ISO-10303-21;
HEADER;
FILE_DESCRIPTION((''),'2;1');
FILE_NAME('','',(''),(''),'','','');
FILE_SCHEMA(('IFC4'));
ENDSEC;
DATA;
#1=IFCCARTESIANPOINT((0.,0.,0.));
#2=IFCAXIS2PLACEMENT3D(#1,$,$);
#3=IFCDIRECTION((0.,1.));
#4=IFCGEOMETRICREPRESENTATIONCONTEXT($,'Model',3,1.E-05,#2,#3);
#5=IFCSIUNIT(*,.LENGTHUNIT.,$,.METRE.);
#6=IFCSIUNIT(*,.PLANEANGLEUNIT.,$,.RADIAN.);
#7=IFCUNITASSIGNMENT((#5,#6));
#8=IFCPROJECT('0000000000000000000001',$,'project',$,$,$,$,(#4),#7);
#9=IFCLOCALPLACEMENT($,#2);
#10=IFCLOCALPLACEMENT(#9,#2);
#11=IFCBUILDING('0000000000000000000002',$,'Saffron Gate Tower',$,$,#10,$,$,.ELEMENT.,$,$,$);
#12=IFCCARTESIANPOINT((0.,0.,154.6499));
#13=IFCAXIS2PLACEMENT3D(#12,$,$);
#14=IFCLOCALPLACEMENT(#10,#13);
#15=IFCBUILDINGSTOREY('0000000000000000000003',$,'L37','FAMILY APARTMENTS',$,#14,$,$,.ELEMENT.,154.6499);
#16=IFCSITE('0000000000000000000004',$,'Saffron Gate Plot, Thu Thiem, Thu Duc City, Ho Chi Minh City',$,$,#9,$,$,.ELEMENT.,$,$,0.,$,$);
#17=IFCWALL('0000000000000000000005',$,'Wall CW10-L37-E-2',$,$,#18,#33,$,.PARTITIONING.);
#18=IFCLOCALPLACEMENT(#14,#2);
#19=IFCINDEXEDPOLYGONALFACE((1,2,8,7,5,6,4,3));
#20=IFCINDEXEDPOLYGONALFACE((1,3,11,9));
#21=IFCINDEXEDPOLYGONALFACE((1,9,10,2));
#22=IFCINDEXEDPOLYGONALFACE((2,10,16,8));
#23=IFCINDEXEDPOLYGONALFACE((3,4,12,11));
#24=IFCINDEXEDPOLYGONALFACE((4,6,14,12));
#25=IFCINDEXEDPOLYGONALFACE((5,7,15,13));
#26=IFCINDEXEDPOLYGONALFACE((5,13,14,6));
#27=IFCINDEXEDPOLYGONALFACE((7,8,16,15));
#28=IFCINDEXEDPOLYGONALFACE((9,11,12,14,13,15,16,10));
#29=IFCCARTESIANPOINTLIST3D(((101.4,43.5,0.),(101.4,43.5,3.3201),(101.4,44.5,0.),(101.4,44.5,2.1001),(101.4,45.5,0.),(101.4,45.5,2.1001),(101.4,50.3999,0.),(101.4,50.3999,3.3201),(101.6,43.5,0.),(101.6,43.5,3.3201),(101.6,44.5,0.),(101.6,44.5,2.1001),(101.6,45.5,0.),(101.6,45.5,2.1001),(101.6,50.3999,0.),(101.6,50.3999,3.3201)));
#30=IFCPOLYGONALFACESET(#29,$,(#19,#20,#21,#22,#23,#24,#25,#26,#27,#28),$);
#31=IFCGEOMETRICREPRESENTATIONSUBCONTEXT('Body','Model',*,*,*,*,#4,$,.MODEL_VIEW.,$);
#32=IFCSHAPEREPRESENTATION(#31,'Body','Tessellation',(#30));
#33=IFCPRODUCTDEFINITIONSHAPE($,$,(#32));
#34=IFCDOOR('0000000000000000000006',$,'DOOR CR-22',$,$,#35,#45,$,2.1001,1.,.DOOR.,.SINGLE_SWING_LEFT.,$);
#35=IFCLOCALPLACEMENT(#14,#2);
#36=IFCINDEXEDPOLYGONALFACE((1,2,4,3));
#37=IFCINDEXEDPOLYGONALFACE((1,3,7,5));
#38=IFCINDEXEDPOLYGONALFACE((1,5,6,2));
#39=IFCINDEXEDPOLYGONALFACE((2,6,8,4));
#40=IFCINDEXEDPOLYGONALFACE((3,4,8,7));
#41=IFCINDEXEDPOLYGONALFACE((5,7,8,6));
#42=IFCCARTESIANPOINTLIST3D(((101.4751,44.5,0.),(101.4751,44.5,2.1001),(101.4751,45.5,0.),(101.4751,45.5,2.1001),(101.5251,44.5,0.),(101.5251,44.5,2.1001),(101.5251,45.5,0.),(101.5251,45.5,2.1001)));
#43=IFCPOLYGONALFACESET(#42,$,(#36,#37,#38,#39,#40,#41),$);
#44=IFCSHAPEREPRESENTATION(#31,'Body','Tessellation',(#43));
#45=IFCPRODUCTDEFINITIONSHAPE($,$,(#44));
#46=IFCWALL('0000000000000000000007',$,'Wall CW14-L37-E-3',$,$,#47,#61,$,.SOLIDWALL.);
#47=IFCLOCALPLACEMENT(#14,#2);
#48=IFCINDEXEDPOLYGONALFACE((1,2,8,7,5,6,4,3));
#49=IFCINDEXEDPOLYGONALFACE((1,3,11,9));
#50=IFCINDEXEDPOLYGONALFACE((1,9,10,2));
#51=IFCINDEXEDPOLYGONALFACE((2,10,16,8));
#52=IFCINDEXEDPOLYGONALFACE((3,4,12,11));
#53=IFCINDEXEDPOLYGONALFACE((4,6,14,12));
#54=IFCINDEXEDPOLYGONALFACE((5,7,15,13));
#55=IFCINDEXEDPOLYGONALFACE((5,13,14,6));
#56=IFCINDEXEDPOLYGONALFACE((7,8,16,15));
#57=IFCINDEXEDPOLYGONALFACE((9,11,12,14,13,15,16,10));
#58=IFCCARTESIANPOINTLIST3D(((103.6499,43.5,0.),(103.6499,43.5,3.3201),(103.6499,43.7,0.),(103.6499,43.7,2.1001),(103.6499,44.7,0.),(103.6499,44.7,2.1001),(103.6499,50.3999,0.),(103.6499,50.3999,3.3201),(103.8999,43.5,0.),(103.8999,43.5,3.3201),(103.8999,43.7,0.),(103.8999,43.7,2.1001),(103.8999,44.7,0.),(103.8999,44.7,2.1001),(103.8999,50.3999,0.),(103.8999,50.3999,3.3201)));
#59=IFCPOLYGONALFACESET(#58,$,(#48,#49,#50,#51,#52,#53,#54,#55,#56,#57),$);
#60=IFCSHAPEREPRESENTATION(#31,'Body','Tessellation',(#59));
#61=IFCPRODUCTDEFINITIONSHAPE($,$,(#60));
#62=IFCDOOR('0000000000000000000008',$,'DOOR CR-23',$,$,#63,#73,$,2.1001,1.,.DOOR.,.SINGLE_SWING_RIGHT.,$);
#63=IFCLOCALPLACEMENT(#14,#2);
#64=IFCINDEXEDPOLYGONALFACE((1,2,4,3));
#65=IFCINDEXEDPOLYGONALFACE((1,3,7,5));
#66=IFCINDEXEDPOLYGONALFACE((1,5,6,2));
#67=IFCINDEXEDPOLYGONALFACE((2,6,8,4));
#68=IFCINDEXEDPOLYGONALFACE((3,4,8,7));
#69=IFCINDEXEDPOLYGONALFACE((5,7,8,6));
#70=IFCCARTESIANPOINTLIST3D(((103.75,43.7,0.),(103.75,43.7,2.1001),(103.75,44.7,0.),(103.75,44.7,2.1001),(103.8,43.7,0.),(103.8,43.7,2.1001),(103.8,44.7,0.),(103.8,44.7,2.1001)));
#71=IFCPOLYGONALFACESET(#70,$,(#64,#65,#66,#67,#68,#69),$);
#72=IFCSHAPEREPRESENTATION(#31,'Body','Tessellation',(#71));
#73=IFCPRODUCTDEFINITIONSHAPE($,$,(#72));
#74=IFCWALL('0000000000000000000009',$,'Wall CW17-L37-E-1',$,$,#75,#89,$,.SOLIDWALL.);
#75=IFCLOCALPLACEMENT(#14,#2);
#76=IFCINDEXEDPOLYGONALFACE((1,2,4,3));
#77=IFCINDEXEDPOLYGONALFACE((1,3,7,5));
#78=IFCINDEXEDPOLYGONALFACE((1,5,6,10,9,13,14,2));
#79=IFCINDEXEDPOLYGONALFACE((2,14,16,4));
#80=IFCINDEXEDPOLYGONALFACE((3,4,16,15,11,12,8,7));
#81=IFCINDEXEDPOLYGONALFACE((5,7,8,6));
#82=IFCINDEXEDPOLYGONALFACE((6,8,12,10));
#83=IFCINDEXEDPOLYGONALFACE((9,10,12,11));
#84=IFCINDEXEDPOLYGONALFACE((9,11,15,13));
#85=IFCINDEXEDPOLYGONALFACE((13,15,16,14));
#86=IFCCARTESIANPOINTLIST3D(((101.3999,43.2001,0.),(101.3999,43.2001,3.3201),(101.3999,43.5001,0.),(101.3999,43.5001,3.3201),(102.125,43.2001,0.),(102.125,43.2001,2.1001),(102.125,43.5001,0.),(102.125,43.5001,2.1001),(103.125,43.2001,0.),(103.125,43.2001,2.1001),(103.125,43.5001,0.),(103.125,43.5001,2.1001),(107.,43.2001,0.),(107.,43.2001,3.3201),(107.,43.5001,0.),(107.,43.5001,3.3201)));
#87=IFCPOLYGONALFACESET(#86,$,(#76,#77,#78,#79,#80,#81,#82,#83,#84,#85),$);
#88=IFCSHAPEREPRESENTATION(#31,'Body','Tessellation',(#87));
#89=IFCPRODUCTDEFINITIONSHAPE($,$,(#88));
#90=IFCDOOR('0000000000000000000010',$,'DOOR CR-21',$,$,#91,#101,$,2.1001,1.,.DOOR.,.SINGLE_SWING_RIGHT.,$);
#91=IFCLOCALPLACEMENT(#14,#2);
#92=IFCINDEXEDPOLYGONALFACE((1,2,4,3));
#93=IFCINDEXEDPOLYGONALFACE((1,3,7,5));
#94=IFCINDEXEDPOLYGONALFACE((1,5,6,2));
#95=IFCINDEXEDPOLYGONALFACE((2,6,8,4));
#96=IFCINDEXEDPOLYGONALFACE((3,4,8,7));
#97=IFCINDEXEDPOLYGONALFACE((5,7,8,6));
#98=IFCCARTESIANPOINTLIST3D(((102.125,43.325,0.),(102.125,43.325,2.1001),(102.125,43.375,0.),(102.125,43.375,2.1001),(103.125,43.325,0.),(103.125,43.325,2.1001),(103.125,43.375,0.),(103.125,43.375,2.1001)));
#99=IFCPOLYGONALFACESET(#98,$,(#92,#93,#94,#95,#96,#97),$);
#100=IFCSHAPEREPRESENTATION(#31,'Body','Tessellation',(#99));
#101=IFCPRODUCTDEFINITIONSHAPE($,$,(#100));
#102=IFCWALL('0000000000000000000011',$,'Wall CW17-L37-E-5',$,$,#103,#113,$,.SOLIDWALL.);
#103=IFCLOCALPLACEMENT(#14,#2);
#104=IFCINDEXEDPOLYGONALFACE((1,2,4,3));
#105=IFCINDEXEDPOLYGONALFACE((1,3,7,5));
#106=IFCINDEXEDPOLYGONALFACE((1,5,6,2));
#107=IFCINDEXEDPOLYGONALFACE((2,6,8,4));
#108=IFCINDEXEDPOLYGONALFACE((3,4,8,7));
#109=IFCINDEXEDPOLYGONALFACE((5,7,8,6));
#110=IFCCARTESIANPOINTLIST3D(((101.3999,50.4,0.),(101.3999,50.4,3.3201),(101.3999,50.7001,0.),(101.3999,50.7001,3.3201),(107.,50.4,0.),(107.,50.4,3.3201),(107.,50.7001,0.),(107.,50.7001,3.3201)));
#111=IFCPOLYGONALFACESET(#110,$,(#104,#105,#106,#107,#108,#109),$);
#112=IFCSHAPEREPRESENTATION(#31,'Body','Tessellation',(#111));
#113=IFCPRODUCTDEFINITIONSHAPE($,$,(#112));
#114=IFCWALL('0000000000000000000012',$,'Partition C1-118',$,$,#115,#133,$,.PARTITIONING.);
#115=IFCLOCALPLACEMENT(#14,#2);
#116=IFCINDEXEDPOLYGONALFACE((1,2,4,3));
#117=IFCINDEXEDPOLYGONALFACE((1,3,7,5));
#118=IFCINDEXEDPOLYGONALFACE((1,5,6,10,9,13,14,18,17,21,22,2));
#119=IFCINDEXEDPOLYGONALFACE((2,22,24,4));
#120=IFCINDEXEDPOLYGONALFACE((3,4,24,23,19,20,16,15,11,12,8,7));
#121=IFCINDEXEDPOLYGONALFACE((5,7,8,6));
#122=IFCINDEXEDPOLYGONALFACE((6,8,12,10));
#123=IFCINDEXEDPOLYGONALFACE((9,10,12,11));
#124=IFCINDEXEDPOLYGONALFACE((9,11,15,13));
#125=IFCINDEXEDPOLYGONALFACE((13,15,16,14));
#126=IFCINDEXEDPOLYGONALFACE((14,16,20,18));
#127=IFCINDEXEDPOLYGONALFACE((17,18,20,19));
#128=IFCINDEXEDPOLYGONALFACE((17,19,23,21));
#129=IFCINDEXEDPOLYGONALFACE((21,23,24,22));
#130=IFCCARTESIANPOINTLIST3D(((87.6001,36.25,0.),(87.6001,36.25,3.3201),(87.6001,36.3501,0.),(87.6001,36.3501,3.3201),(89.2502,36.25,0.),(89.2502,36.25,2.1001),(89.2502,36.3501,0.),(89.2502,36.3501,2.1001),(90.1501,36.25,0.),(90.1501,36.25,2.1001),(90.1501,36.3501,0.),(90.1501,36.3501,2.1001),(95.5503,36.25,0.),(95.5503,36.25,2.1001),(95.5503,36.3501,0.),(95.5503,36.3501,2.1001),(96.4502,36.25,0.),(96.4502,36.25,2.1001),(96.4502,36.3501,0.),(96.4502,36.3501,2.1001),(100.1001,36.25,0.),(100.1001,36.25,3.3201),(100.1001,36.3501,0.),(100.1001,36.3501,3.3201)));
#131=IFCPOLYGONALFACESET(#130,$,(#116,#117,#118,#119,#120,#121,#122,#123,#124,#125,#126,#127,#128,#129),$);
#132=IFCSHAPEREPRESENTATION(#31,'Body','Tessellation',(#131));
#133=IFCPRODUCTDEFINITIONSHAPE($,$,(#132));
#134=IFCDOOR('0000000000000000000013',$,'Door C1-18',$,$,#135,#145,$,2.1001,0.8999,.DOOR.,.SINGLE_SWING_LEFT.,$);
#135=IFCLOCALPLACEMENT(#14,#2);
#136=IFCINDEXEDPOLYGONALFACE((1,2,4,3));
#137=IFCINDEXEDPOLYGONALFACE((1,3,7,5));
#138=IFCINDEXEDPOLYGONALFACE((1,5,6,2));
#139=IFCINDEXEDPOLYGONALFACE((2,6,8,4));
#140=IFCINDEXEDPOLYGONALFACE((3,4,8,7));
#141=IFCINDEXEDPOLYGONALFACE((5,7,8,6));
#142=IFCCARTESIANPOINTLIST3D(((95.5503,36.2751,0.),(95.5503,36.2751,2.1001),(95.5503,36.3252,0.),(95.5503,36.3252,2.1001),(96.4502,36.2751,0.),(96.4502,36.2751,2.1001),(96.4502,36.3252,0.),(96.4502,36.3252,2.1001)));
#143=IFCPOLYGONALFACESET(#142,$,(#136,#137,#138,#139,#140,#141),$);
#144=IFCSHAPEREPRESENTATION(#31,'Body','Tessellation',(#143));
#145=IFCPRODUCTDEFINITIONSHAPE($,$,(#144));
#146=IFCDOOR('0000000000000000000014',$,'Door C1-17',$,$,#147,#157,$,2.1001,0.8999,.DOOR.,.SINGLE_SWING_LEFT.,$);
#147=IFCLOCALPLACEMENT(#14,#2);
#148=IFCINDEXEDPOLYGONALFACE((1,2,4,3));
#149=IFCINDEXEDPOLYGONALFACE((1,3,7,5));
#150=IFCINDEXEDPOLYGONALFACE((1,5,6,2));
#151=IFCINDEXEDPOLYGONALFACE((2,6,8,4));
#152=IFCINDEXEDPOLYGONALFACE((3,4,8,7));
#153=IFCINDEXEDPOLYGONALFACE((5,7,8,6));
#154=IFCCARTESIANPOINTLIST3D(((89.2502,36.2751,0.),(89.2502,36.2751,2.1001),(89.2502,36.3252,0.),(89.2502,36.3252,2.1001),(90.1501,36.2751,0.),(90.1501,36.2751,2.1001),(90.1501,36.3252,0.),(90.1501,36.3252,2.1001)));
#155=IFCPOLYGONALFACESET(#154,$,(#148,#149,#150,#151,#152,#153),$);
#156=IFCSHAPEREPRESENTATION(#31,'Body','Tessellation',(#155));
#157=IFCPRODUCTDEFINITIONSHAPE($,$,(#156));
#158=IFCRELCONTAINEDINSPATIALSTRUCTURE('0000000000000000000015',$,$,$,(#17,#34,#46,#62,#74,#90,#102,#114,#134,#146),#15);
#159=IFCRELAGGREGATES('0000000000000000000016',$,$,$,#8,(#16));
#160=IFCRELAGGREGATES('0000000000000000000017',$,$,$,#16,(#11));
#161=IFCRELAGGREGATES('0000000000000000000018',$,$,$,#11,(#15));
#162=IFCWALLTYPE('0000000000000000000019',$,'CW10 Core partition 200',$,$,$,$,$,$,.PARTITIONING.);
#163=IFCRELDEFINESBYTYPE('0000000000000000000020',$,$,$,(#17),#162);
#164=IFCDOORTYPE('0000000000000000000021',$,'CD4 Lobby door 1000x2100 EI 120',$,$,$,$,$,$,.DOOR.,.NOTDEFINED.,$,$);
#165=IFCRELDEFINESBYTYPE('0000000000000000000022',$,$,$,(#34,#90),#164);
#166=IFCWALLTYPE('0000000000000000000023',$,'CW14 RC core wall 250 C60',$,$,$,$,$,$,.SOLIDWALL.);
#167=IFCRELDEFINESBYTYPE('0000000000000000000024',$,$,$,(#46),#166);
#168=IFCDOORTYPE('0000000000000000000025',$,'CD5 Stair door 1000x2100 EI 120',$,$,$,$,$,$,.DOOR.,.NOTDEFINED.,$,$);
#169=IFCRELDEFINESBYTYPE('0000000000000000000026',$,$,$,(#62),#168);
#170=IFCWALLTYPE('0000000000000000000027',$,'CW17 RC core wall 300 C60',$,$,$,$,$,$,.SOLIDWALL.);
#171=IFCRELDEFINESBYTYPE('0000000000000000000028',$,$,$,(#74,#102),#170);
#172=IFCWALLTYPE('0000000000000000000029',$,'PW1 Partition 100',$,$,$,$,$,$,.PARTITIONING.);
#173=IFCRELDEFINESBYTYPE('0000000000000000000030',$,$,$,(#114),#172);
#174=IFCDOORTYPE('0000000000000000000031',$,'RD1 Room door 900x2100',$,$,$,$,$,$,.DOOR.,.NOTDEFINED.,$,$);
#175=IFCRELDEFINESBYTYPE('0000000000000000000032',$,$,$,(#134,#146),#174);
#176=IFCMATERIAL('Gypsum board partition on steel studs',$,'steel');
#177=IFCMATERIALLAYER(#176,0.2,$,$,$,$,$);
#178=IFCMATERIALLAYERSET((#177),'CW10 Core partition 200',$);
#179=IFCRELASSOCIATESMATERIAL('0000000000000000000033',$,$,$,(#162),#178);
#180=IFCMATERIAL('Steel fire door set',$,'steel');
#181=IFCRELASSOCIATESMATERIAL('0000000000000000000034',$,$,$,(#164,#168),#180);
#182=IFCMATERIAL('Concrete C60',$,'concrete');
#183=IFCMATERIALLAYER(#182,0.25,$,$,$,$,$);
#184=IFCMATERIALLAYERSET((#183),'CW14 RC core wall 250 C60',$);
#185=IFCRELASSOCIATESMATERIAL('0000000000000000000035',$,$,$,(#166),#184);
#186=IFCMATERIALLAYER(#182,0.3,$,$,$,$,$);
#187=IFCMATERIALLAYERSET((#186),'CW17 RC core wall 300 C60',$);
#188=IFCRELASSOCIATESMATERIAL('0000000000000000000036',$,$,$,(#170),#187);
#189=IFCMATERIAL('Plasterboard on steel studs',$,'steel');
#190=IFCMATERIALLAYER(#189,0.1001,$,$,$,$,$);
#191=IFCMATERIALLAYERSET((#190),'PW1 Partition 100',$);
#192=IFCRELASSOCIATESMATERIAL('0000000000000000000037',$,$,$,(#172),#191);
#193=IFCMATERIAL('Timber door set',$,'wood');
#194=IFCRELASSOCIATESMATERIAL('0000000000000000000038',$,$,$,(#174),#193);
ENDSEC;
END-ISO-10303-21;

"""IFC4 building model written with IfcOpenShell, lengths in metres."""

from ifc_helpers import new_model, si_unit, direction, frame, frame_2d, origin, place, context, subcontext, project, spatial, rectangle, extrude, material, layer, layer_set, type_object, element, fill, save


model = new_model("IFC4")

# Units and contexts
model_context = context("Model", 3, precision=1e-05, world=origin(), true_north=direction((0.0, 1.0)))
body_context = subcontext(model_context, "Body", "Model", "MODEL_VIEW")
ifc_project = project(units=[si_unit("LENGTHUNIT", "METRE"), si_unit("PLANEANGLEUNIT", "RADIAN")], contexts=[model_context])

# Site, building, storey
site_placement = place(None, origin())
site = spatial("IfcSite", under=ifc_project, at=site_placement, Name="Saffron Gate Plot, Thu Thiem, Thu Duc City, Ho Chi Minh City", CompositionType="ELEMENT", RefElevation=0.0)
building_placement = place(site_placement, origin())
building = spatial("IfcBuilding", under=site, at=building_placement, Name="Saffron Gate Tower", CompositionType="ELEMENT")
storey_placement = place(building_placement, frame((0.0, 0.0, 154.6499)))
storey = spatial("IfcBuildingStorey", under=building, at=storey_placement, Name="L37", Description="FAMILY APARTMENTS", CompositionType="ELEMENT", Elevation=154.6499)

# Walls, openings, doors
ifc_material_1 = material(Name="Gypsum board partition on steel studs", Category="steel")
ifc_layer_1 = layer(ifc_material_1, 0.2)
ifc_layer_set_1 = layer_set([ifc_layer_1], Name="CW10 Core partition 200")
wall_type_1 = type_object("IfcWallType", Name="CW10 Core partition 200", PredefinedType="PARTITIONING", material=ifc_layer_set_1)
wall_1_placement = place(storey_placement, frame((101.5, 43.5, 0.0), z_axis=(0.0, 0.0, 1.0), x_axis=(0.0, 1.0, 0.0)))
wall_1 = element("IfcWall", 1, at=wall_1_placement, inside=storey, type_object=wall_type_1, Name="Wall CW10-L37-E-2", PredefinedType="PARTITIONING", context=body_context, shape_type="SweptSolid", body=[
    extrude(rectangle(XDim=6.8999, YDim=0.2, at=frame_2d((3.45, 0.0))), origin(), (0.0, 0.0, 1.0), 3.3201),
])
opening_1_placement = place(wall_1_placement, frame((1.0, 0.0, 0.0)))
opening_1 = element("IfcOpeningElement", 2, at=opening_1_placement, cuts=wall_1, PredefinedType="OPENING", context=body_context, shape_type="SweptSolid", body=[
    extrude(rectangle(XDim=1.0, YDim=2.1001, at=frame_2d((0.5, 1.05))), frame((0.0, 0.1099, 0.0), z_axis=(0.0, -1.0, 0.0), x_axis=(1.0, 0.0, 0.0)), (0.0, 0.0, 1.0), 0.22),
])
ifc_material_2 = material(Name="Steel fire door set", Category="steel")
door_type_1 = type_object("IfcDoorType", Name="CD4 Lobby door 1000x2100 EI 120", OperationType="NOTDEFINED", PredefinedType="DOOR", material=ifc_material_2)
door_1_placement = place(opening_1_placement, origin())
door_1 = element("IfcDoor", 3, at=door_1_placement, inside=storey, type_object=door_type_1, Name="DOOR CR-22", OperationType="SINGLE_SWING_LEFT", OverallHeight=2.1001, OverallWidth=1.0, PredefinedType="DOOR", context=body_context, shape_type="SweptSolid", body=[
    extrude(rectangle(XDim=1.0, YDim=2.1001, at=frame_2d((0.5, 1.05))), frame((0.0, 0.0249, 0.0), z_axis=(0.0, -1.0, 0.0), x_axis=(1.0, 0.0, 0.0)), (0.0, 0.0, 1.0), 0.05),
])
fill(opening_1, door_1)
ifc_material_3 = material(Name="Concrete C60", Category="concrete")
ifc_layer_2 = layer(ifc_material_3, 0.25)
ifc_layer_set_2 = layer_set([ifc_layer_2], Name="CW14 RC core wall 250 C60")
wall_type_2 = type_object("IfcWallType", Name="CW14 RC core wall 250 C60", PredefinedType="SOLIDWALL", material=ifc_layer_set_2)
wall_2_placement = place(storey_placement, frame((103.7749, 43.5, 0.0), z_axis=(0.0, 0.0, 1.0), x_axis=(0.0, 1.0, 0.0)))
wall_2 = element("IfcWall", 4, at=wall_2_placement, inside=storey, type_object=wall_type_2, Name="Wall CW14-L37-E-3", PredefinedType="SOLIDWALL", context=body_context, shape_type="SweptSolid", body=[
    extrude(rectangle(XDim=6.8999, YDim=0.25, at=frame_2d((3.45, 0.0))), origin(), (0.0, 0.0, 1.0), 3.3201),
])
opening_2_placement = place(wall_2_placement, frame((0.2, 0.0, 0.0)))
opening_2 = element("IfcOpeningElement", 5, at=opening_2_placement, cuts=wall_2, PredefinedType="OPENING", context=body_context, shape_type="SweptSolid", body=[
    extrude(rectangle(XDim=1.0, YDim=2.1001, at=frame_2d((0.5, 1.05))), frame((0.0, 0.135, 0.0), z_axis=(0.0, -1.0, 0.0), x_axis=(1.0, 0.0, 0.0)), (0.0, 0.0, 1.0), 0.27),
])
door_type_2 = type_object("IfcDoorType", Name="CD5 Stair door 1000x2100 EI 120", OperationType="NOTDEFINED", PredefinedType="DOOR", material=ifc_material_2)
door_2_placement = place(opening_2_placement, origin())
door_2 = element("IfcDoor", 6, at=door_2_placement, inside=storey, type_object=door_type_2, Name="DOOR CR-23", OperationType="SINGLE_SWING_RIGHT", OverallHeight=2.1001, OverallWidth=1.0, PredefinedType="DOOR", context=body_context, shape_type="SweptSolid", body=[
    extrude(rectangle(XDim=1.0, YDim=2.1001, at=frame_2d((0.5, 1.05))), frame((0.0, 0.0249, 0.0), z_axis=(0.0, -1.0, 0.0), x_axis=(1.0, 0.0, 0.0)), (0.0, 0.0, 1.0), 0.05),
])
fill(opening_2, door_2)
ifc_layer_3 = layer(ifc_material_3, 0.3)
ifc_layer_set_3 = layer_set([ifc_layer_3], Name="CW17 RC core wall 300 C60")
wall_type_3 = type_object("IfcWallType", Name="CW17 RC core wall 300 C60", PredefinedType="SOLIDWALL", material=ifc_layer_set_3)
wall_3_placement = place(storey_placement, frame((101.3999, 43.3501, 0.0), z_axis=(0.0, 0.0, 1.0), x_axis=(1.0, 0.0, 0.0)))
wall_3 = element("IfcWall", 7, at=wall_3_placement, inside=storey, type_object=wall_type_3, Name="Wall CW17-L37-E-1", PredefinedType="SOLIDWALL", context=body_context, shape_type="SweptSolid", body=[
    extrude(rectangle(XDim=5.6001, YDim=0.3, at=frame_2d((2.8, 0.0))), origin(), (0.0, 0.0, 1.0), 3.3201),
])
opening_3_placement = place(wall_3_placement, frame((0.7251, 0.0, 0.0)))
opening_3 = element("IfcOpeningElement", 8, at=opening_3_placement, cuts=wall_3, PredefinedType="OPENING", context=body_context, shape_type="SweptSolid", body=[
    extrude(rectangle(XDim=1.0, YDim=2.1001, at=frame_2d((0.5, 1.05))), frame((0.0, 0.1602, 0.0), z_axis=(0.0, -1.0, 0.0), x_axis=(1.0, 0.0, 0.0)), (0.0, 0.0, 1.0), 0.3201),
])
door_3_placement = place(opening_3_placement, origin())
door_3 = element("IfcDoor", 9, at=door_3_placement, inside=storey, type_object=door_type_1, Name="DOOR CR-21", OperationType="SINGLE_SWING_RIGHT", OverallHeight=2.1001, OverallWidth=1.0, PredefinedType="DOOR", context=body_context, shape_type="SweptSolid", body=[
    extrude(rectangle(XDim=1.0, YDim=2.1001, at=frame_2d((0.5, 1.05))), frame((0.0, 0.0249, 0.0), z_axis=(0.0, -1.0, 0.0), x_axis=(1.0, 0.0, 0.0)), (0.0, 0.0, 1.0), 0.05),
])
fill(opening_3, door_3)

# Wall
wall_4_placement = place(storey_placement, frame((101.3999, 50.55, 0.0), z_axis=(0.0, 0.0, 1.0), x_axis=(1.0, 0.0, 0.0)))
element("IfcWall", 10, at=wall_4_placement, inside=storey, type_object=wall_type_3, Name="Wall CW17-L37-E-5", PredefinedType="SOLIDWALL", context=body_context, shape_type="SweptSolid", body=[
    extrude(rectangle(XDim=5.6001, YDim=0.3, at=frame_2d((2.8, 0.0))), origin(), (0.0, 0.0, 1.0), 3.3201),
])

# Wall, openings, doors
ifc_material_4 = material(Name="Plasterboard on steel studs", Category="steel")
ifc_layer_4 = layer(ifc_material_4, 0.1001)
ifc_layer_set_4 = layer_set([ifc_layer_4], Name="PW1 Partition 100")
wall_type_4 = type_object("IfcWallType", Name="PW1 Partition 100", PredefinedType="PARTITIONING", material=ifc_layer_set_4)
wall_5_placement = place(storey_placement, frame((100.1001, 36.3, 0.0), z_axis=(0.0, 0.0, 1.0), x_axis=(-1.0, 0.0, 0.0)))
wall_5 = element("IfcWall", 11, at=wall_5_placement, inside=storey, type_object=wall_type_4, Name="Partition C1-118", PredefinedType="PARTITIONING", context=body_context, shape_type="SweptSolid", body=[
    extrude(rectangle(XDim=12.5, YDim=0.1001, at=frame_2d((6.25, 0.0))), origin(), (0.0, 0.0, 1.0), 3.3201),
])
opening_4_placement = place(wall_5_placement, frame((3.6499, 0.0, 0.0)))
opening_4 = element("IfcOpeningElement", 12, at=opening_4_placement, cuts=wall_5, PredefinedType="OPENING", context=body_context, shape_type="SweptSolid", body=[
    extrude(rectangle(XDim=0.8999, YDim=2.1001, at=frame_2d((0.45, 1.05))), frame((0.0, 0.0601, 0.0), z_axis=(0.0, -1.0, 0.0), x_axis=(1.0, 0.0, 0.0)), (0.0, 0.0, 1.0), 0.1201),
])
opening_5_placement = place(wall_5_placement, frame((9.95, 0.0, 0.0)))
opening_5 = element("IfcOpeningElement", 13, at=opening_5_placement, cuts=wall_5, PredefinedType="OPENING", context=body_context, shape_type="SweptSolid", body=[
    extrude(rectangle(XDim=0.8999, YDim=2.1001, at=frame_2d((0.45, 1.05))), frame((0.0, 0.0601, 0.0), z_axis=(0.0, -1.0, 0.0), x_axis=(1.0, 0.0, 0.0)), (0.0, 0.0, 1.0), 0.1201),
])
ifc_material_5 = material(Name="Timber door set", Category="wood")
door_type_3 = type_object("IfcDoorType", Name="RD1 Room door 900x2100", OperationType="NOTDEFINED", PredefinedType="DOOR", material=ifc_material_5)
door_4_placement = place(opening_4_placement, origin())
door_4 = element("IfcDoor", 14, at=door_4_placement, inside=storey, type_object=door_type_3, Name="Door C1-18", OperationType="SINGLE_SWING_LEFT", OverallHeight=2.1001, OverallWidth=0.8999, PredefinedType="DOOR", context=body_context, shape_type="SweptSolid", body=[
    extrude(rectangle(XDim=0.8999, YDim=2.1001, at=frame_2d((0.45, 1.05))), frame((0.0, 0.0249, 0.0), z_axis=(0.0, -1.0, 0.0), x_axis=(1.0, 0.0, 0.0)), (0.0, 0.0, 1.0), 0.05),
])
fill(opening_4, door_4)
door_5_placement = place(opening_5_placement, origin())
door_5 = element("IfcDoor", 15, at=door_5_placement, inside=storey, type_object=door_type_3, Name="Door C1-17", OperationType="SINGLE_SWING_LEFT", OverallHeight=2.1001, OverallWidth=0.8999, PredefinedType="DOOR", context=body_context, shape_type="SweptSolid", body=[
    extrude(rectangle(XDim=0.8999, YDim=2.1001, at=frame_2d((0.45, 1.05))), frame((0.0, 0.0249, 0.0), z_axis=(0.0, -1.0, 0.0), x_axis=(1.0, 0.0, 0.0)), (0.0, 0.0, 1.0), 0.05),
])
fill(opening_5, door_5)

save(model, "model.ifc")
